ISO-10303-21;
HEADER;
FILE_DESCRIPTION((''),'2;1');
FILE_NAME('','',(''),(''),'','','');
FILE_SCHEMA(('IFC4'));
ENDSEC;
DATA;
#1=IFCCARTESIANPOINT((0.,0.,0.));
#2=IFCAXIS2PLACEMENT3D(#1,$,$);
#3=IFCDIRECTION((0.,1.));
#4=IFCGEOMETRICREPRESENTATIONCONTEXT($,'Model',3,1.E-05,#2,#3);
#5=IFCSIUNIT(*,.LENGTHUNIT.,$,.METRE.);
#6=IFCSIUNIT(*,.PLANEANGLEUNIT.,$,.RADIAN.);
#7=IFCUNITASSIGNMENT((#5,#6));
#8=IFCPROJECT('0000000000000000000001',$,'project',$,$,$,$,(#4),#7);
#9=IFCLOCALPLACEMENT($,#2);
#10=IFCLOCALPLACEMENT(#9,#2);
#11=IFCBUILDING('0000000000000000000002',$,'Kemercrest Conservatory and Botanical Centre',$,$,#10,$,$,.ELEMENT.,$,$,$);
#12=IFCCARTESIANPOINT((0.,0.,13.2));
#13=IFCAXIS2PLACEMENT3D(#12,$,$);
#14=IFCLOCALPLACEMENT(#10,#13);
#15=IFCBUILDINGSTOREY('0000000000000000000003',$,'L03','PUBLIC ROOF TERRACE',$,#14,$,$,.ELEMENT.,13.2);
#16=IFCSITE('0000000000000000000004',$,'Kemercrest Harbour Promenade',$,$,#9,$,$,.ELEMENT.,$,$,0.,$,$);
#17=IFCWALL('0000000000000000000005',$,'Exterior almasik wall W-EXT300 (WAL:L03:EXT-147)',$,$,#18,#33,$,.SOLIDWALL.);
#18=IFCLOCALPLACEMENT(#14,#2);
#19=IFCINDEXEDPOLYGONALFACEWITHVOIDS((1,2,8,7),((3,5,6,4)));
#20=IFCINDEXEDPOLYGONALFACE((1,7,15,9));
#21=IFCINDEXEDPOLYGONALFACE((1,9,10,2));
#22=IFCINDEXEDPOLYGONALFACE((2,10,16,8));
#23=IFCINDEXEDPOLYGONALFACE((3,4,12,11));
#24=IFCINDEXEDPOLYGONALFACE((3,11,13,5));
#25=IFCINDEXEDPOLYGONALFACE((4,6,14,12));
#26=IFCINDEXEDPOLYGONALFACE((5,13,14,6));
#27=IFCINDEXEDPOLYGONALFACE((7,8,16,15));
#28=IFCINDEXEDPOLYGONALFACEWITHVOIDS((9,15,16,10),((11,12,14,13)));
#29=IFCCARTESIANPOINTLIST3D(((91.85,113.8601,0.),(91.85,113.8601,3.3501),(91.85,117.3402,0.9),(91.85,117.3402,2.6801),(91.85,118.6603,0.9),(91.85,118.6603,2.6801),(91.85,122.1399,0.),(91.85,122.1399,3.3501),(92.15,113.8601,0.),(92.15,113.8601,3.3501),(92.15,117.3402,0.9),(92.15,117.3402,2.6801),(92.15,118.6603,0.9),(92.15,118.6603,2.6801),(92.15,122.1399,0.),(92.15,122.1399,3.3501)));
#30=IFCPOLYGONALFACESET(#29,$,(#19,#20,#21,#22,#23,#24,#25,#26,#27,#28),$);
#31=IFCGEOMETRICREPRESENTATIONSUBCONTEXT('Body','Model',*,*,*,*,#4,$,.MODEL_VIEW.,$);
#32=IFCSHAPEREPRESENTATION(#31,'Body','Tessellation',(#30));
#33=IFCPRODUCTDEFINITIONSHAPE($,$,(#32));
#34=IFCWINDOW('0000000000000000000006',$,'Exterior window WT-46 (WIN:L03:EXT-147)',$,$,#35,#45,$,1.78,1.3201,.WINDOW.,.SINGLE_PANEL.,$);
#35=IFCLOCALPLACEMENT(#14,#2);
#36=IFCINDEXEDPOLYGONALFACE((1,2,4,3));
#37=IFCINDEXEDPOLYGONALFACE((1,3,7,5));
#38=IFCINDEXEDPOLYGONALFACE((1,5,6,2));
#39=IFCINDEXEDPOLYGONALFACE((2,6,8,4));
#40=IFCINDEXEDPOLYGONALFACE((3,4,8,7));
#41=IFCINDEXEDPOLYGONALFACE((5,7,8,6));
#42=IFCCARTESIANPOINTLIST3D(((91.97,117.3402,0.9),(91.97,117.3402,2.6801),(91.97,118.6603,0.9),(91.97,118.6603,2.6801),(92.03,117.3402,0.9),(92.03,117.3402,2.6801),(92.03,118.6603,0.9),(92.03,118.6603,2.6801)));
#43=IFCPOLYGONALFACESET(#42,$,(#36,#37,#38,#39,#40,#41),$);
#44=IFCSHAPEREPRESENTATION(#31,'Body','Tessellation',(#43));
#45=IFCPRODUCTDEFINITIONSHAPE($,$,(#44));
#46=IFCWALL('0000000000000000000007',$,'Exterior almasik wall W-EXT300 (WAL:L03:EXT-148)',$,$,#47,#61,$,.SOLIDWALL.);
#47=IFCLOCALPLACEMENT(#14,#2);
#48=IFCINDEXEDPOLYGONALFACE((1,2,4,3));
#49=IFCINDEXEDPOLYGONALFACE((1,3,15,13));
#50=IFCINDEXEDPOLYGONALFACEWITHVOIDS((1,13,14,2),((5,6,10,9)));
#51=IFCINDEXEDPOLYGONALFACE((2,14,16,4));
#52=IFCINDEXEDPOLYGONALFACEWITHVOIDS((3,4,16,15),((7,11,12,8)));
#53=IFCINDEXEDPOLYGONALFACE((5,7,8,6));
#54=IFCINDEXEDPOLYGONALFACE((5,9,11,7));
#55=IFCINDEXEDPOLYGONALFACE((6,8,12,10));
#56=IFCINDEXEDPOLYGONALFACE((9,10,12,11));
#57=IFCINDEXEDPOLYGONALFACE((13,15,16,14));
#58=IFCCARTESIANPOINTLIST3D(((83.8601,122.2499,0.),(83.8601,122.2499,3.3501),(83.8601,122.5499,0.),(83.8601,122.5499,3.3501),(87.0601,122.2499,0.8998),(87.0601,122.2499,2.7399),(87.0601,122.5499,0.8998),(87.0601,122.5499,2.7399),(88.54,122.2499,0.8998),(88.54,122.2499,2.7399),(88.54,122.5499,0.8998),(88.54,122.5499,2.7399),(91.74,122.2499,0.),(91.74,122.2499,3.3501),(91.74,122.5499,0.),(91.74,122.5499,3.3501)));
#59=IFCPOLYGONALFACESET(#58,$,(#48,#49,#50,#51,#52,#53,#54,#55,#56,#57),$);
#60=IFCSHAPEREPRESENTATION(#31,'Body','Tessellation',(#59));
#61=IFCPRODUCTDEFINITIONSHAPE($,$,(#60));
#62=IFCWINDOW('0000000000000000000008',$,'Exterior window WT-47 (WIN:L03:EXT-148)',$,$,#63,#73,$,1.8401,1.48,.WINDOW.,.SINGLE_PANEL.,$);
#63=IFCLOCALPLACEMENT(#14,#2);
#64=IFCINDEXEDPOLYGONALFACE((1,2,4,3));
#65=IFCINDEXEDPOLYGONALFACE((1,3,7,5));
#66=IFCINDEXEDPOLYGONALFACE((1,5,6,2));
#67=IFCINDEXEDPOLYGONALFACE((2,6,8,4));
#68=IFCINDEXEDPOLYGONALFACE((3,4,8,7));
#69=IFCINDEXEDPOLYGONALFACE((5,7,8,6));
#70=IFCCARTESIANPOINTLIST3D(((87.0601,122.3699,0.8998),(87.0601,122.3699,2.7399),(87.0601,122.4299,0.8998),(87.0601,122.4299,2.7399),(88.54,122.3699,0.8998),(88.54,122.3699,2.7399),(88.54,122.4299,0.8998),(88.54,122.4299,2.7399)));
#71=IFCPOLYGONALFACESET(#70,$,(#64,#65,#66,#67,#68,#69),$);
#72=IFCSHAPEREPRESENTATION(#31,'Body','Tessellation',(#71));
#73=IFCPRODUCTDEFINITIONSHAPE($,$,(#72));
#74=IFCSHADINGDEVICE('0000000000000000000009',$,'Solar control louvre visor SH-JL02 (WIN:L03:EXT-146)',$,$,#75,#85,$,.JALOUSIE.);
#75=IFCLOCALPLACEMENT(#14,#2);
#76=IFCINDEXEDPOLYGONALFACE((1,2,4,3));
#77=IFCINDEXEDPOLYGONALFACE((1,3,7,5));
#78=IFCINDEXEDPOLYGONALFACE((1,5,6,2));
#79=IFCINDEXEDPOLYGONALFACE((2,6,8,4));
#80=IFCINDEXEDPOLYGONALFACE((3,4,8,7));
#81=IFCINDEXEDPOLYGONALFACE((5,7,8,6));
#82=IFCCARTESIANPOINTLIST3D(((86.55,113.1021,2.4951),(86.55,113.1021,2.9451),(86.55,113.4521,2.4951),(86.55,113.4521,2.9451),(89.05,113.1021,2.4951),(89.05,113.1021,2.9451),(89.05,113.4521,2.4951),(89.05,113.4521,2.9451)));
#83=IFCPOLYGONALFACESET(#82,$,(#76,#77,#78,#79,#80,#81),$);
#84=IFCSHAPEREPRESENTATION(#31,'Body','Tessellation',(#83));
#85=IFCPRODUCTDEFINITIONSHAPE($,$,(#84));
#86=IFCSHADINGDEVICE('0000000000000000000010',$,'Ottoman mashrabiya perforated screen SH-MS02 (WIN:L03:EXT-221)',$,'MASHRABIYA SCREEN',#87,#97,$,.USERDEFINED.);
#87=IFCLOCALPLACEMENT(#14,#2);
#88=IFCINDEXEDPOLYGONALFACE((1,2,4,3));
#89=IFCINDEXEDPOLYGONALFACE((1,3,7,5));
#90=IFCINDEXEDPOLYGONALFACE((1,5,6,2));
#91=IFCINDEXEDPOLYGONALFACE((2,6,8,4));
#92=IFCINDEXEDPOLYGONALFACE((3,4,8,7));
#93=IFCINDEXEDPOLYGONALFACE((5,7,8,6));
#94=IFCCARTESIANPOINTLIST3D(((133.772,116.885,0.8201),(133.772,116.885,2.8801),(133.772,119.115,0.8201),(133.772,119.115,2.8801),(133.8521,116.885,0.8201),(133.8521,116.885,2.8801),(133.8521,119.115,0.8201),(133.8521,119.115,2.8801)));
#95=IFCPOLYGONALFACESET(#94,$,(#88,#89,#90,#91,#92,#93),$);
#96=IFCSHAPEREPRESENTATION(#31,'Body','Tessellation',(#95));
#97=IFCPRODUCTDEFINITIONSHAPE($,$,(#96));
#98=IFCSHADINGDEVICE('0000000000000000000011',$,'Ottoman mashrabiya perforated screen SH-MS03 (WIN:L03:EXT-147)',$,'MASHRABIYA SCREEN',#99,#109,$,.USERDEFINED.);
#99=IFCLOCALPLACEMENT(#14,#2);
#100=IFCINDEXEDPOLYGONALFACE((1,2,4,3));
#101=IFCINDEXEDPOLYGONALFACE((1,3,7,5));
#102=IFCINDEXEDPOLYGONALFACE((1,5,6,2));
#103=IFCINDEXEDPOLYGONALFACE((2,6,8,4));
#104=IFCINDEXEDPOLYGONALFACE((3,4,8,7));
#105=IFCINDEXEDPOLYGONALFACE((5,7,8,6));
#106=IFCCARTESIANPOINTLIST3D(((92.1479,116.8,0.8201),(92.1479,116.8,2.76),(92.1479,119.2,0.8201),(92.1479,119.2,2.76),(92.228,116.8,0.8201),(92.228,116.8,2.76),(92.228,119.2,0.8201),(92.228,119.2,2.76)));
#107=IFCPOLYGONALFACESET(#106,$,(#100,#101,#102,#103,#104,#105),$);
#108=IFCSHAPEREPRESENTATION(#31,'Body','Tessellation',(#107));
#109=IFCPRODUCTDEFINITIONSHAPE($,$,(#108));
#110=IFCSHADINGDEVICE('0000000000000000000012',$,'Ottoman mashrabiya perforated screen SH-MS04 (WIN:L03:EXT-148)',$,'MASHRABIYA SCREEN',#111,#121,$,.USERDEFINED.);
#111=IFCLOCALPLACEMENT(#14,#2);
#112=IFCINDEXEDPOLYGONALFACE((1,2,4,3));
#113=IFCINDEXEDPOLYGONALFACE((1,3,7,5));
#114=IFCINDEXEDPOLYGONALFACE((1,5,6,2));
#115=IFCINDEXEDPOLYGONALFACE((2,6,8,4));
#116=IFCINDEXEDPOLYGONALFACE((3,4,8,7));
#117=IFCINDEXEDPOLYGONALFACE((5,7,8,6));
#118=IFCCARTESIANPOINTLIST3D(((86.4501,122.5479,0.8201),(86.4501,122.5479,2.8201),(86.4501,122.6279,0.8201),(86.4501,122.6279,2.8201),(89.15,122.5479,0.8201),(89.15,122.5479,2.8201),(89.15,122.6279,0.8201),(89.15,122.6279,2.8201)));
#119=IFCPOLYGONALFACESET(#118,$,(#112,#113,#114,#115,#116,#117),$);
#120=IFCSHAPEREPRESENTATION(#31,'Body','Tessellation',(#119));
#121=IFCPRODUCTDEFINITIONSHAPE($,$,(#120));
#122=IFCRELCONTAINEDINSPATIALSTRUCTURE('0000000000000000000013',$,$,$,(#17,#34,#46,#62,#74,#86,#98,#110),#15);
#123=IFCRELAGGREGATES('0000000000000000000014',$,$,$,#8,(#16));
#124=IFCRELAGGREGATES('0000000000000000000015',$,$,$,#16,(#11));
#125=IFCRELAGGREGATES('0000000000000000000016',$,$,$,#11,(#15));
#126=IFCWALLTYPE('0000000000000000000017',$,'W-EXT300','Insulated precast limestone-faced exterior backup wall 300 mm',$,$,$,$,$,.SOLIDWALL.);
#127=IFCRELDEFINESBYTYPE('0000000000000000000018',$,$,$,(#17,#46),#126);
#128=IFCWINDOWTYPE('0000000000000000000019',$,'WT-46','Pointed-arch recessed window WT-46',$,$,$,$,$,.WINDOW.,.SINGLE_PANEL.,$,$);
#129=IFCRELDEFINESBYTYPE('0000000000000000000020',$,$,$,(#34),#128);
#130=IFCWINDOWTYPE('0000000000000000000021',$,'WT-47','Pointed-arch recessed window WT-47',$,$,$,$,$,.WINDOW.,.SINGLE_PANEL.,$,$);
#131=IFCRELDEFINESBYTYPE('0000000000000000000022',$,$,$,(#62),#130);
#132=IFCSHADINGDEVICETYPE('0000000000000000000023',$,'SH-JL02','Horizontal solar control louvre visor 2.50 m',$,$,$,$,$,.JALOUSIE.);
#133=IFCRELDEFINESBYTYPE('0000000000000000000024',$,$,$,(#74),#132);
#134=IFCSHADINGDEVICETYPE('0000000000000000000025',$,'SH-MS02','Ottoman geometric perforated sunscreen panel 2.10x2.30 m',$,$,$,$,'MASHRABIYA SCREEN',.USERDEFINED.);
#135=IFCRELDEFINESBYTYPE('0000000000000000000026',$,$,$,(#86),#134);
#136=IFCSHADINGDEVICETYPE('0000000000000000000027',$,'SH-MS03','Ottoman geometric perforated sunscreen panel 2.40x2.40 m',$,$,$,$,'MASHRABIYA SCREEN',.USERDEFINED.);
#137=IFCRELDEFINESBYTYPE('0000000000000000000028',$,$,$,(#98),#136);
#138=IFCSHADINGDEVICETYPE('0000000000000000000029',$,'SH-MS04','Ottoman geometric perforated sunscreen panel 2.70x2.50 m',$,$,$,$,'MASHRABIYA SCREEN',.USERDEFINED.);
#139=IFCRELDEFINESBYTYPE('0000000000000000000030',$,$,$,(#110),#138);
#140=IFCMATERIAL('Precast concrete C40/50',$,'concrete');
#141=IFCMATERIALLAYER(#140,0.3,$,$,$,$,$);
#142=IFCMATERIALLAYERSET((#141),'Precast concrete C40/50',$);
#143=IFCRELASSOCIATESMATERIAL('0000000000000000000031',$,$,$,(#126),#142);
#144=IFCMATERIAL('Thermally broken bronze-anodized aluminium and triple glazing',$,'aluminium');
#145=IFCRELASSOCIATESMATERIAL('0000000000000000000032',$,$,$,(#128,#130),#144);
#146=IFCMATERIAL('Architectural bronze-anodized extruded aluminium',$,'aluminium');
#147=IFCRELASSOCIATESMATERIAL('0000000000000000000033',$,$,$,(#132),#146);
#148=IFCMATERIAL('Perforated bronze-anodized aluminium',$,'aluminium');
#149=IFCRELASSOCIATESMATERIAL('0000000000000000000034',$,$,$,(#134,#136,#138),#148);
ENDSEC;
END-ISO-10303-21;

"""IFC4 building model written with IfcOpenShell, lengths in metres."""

from ifc_helpers import new_model, si_unit, direction, frame, frame_2d, origin, origin_2d, place, context, subcontext, project, spatial, rectangle, extrude, material, layer, layer_set, type_object, element, fill, save


model = new_model("IFC4")

# Units and contexts
model_context = context("Model", 3, precision=1e-05, world=origin(), true_north=direction((0.0, 1.0)))
body_context = subcontext(model_context, "Body", "Model", "MODEL_VIEW")
ifc_project = project(units=[si_unit("LENGTHUNIT", "METRE"), si_unit("PLANEANGLEUNIT", "RADIAN")], contexts=[model_context])

# Site, building, storey
site_placement = place(None, origin())
site = spatial("IfcSite", under=ifc_project, at=site_placement, Name="Kemercrest Harbour Promenade", CompositionType="ELEMENT", RefElevation=0.0)
building_placement = place(site_placement, origin())
building = spatial("IfcBuilding", under=site, at=building_placement, Name="Kemercrest Conservatory and Botanical Centre", CompositionType="ELEMENT")
storey_placement = place(building_placement, frame((0.0, 0.0, 13.2)))
storey = spatial("IfcBuildingStorey", under=building, at=storey_placement, Name="L03", Description="PUBLIC ROOF TERRACE", CompositionType="ELEMENT", Elevation=13.2)

# Walls, openings, windows
ifc_material_1 = material(Name="Precast concrete C40/50", Category="concrete")
ifc_layer = layer(ifc_material_1, 0.3)
ifc_layer_set = layer_set([ifc_layer], Name="Precast concrete C40/50")
wall_type = type_object("IfcWallType", Name="W-EXT300", Description="Insulated precast limestone-faced exterior backup wall 300 mm", PredefinedType="SOLIDWALL", material=ifc_layer_set)
ifc_material_2 = material(Name="Thermally broken bronze-anodized aluminium and triple glazing", Category="aluminium")
wall_1_placement = place(storey_placement, frame((92.0, 113.8601, 0.0), z_axis=(0.0, 0.0, 1.0), x_axis=(0.0, 1.0, 0.0)))
wall_1 = element("IfcWall", 1, at=wall_1_placement, inside=storey, type_object=wall_type, Name="Exterior almasik wall W-EXT300 (WAL:L03:EXT-147)", PredefinedType="SOLIDWALL", context=body_context, shape_type="SweptSolid", body=[
    extrude(rectangle(XDim=8.2798, YDim=0.3, at=frame_2d((4.1399, 0.0))), origin(), (0.0, 0.0, 1.0), 3.3501),
])
opening_1_placement = place(wall_1_placement, frame((3.48, 0.0, 0.8999)))
opening_1 = element("IfcOpeningElement", 2, at=opening_1_placement, cuts=wall_1, PredefinedType="OPENING", context=body_context, shape_type="SweptSolid", body=[
    extrude(rectangle(XDim=1.3201, YDim=1.78, at=frame_2d((0.6602, 0.8901))), frame((0.0, 0.1602, 0.0), z_axis=(0.0, -1.0, 0.0), x_axis=(1.0, 0.0, 0.0)), (0.0, 0.0, 1.0), 0.3201),
])
window_type_1 = type_object("IfcWindowType", Name="WT-46", Description="Pointed-arch recessed window WT-46", PartitioningType="SINGLE_PANEL", PredefinedType="WINDOW", material=ifc_material_2)
window_1_placement = place(opening_1_placement, origin())
window_1 = element("IfcWindow", 3, at=window_1_placement, inside=storey, type_object=window_type_1, Name="Exterior window WT-46 (WIN:L03:EXT-147)", OverallHeight=1.78, OverallWidth=1.3201, PartitioningType="SINGLE_PANEL", PredefinedType="WINDOW", context=body_context, shape_type="SweptSolid", body=[
    extrude(rectangle(XDim=1.3201, YDim=1.78, at=frame_2d((0.6602, 0.8901))), frame((0.0, 0.03, 0.0), z_axis=(0.0, -1.0, 0.0), x_axis=(1.0, 0.0, 0.0)), (0.0, 0.0, 1.0), 0.0601),
])
fill(opening_1, window_1)
wall_2_placement = place(storey_placement, frame((91.74, 122.3999, 0.0), z_axis=(0.0, 0.0, 1.0), x_axis=(-1.0, 0.0, 0.0)))
wall_2 = element("IfcWall", 4, at=wall_2_placement, inside=storey, type_object=wall_type, Name="Exterior almasik wall W-EXT300 (WAL:L03:EXT-148)", PredefinedType="SOLIDWALL", context=body_context, shape_type="SweptSolid", body=[
    extrude(rectangle(XDim=7.8799, YDim=0.3, at=frame_2d((3.9399, 0.0))), origin(), (0.0, 0.0, 1.0), 3.3501),
])
opening_2_placement = place(wall_2_placement, frame((3.2, 0.0, 0.8999)))
opening_2 = element("IfcOpeningElement", 5, at=opening_2_placement, cuts=wall_2, PredefinedType="OPENING", context=body_context, shape_type="SweptSolid", body=[
    extrude(rectangle(XDim=1.48, YDim=1.8401, at=frame_2d((0.74, 0.9199))), frame((0.0, 0.1602, 0.0), z_axis=(0.0, -1.0, 0.0), x_axis=(1.0, 0.0, 0.0)), (0.0, 0.0, 1.0), 0.3201),
])
window_type_2 = type_object("IfcWindowType", Name="WT-47", Description="Pointed-arch recessed window WT-47", PartitioningType="SINGLE_PANEL", PredefinedType="WINDOW", material=ifc_material_2)
window_2_placement = place(opening_2_placement, origin())
window_2 = element("IfcWindow", 6, at=window_2_placement, inside=storey, type_object=window_type_2, Name="Exterior window WT-47 (WIN:L03:EXT-148)", OverallHeight=1.8401, OverallWidth=1.48, PartitioningType="SINGLE_PANEL", PredefinedType="WINDOW", context=body_context, shape_type="SweptSolid", body=[
    extrude(rectangle(XDim=1.48, YDim=1.8401, at=frame_2d((0.74, 0.9199))), frame((0.0, 0.03, 0.0), z_axis=(0.0, -1.0, 0.0), x_axis=(1.0, 0.0, 0.0)), (0.0, 0.0, 1.0), 0.0601),
])
fill(opening_2, window_2)

# Shading devices
ifc_material_3 = material(Name="Architectural bronze-anodized extruded aluminium", Category="aluminium")
shading_device_type_1 = type_object("IfcShadingDeviceType", Name="SH-JL02", Description="Horizontal solar control louvre visor 2.50 m", PredefinedType="JALOUSIE", material=ifc_material_3)
shading_device_1_placement = place(storey_placement, frame((87.8, 113.2771, 2.4951), z_axis=(0.0, 0.0, 1.0), x_axis=(1.0, 0.0, 0.0)))
element("IfcShadingDevice", 7, at=shading_device_1_placement, inside=storey, type_object=shading_device_type_1, Name="Solar control louvre visor SH-JL02 (WIN:L03:EXT-146)", PredefinedType="JALOUSIE", context=body_context, shape_type="SweptSolid", body=[
    extrude(rectangle(XDim=2.5, YDim=0.3501, at=origin_2d()), origin(), (0.0, 0.0, 1.0), 0.45),
])
ifc_material_4 = material(Name="Perforated bronze-anodized aluminium", Category="aluminium")
shading_device_type_2 = type_object("IfcShadingDeviceType", Name="SH-MS02", Description="Ottoman geometric perforated sunscreen panel 2.10x2.30 m", ElementType="MASHRABIYA SCREEN", PredefinedType="USERDEFINED", material=ifc_material_4)
shading_device_2_placement = place(storey_placement, frame((133.812, 118.0, 0.8201), z_axis=(0.0, 0.0, 1.0), x_axis=(0.0, -1.0, 0.0)))
element("IfcShadingDevice", 8, at=shading_device_2_placement, inside=storey, type_object=shading_device_type_2, Name="Ottoman mashrabiya perforated screen SH-MS02 (WIN:L03:EXT-221)", ObjectType="MASHRABIYA SCREEN", PredefinedType="USERDEFINED", context=body_context, shape_type="SweptSolid", body=[
    extrude(rectangle(XDim=2.23, YDim=0.0801, at=origin_2d()), origin(), (0.0, 0.0, 1.0), 2.0601),
])
shading_device_type_3 = type_object("IfcShadingDeviceType", Name="SH-MS03", Description="Ottoman geometric perforated sunscreen panel 2.40x2.40 m", ElementType="MASHRABIYA SCREEN", PredefinedType="USERDEFINED", material=ifc_material_4)
shading_device_3_placement = place(storey_placement, frame((92.188, 118.0, 0.8201), z_axis=(0.0, 0.0, 1.0), x_axis=(0.0, 1.0, 0.0)))
element("IfcShadingDevice", 9, at=shading_device_3_placement, inside=storey, type_object=shading_device_type_3, Name="Ottoman mashrabiya perforated screen SH-MS03 (WIN:L03:EXT-147)", ObjectType="MASHRABIYA SCREEN", PredefinedType="USERDEFINED", context=body_context, shape_type="SweptSolid", body=[
    extrude(rectangle(XDim=2.3999, YDim=0.0801, at=origin_2d()), origin(), (0.0, 0.0, 1.0), 1.9399),
])
shading_device_type_4 = type_object("IfcShadingDeviceType", Name="SH-MS04", Description="Ottoman geometric perforated sunscreen panel 2.70x2.50 m", ElementType="MASHRABIYA SCREEN", PredefinedType="USERDEFINED", material=ifc_material_4)
shading_device_4_placement = place(storey_placement, frame((87.8, 122.5879, 0.8201), z_axis=(0.0, 0.0, 1.0), x_axis=(-1.0, 0.0, 0.0)))
element("IfcShadingDevice", 10, at=shading_device_4_placement, inside=storey, type_object=shading_device_type_4, Name="Ottoman mashrabiya perforated screen SH-MS04 (WIN:L03:EXT-148)", ObjectType="MASHRABIYA SCREEN", PredefinedType="USERDEFINED", context=body_context, shape_type="SweptSolid", body=[
    extrude(rectangle(XDim=2.7, YDim=0.0801, at=origin_2d()), origin(), (0.0, 0.0, 1.0), 2.0),
])

save(model, "model.ifc")
